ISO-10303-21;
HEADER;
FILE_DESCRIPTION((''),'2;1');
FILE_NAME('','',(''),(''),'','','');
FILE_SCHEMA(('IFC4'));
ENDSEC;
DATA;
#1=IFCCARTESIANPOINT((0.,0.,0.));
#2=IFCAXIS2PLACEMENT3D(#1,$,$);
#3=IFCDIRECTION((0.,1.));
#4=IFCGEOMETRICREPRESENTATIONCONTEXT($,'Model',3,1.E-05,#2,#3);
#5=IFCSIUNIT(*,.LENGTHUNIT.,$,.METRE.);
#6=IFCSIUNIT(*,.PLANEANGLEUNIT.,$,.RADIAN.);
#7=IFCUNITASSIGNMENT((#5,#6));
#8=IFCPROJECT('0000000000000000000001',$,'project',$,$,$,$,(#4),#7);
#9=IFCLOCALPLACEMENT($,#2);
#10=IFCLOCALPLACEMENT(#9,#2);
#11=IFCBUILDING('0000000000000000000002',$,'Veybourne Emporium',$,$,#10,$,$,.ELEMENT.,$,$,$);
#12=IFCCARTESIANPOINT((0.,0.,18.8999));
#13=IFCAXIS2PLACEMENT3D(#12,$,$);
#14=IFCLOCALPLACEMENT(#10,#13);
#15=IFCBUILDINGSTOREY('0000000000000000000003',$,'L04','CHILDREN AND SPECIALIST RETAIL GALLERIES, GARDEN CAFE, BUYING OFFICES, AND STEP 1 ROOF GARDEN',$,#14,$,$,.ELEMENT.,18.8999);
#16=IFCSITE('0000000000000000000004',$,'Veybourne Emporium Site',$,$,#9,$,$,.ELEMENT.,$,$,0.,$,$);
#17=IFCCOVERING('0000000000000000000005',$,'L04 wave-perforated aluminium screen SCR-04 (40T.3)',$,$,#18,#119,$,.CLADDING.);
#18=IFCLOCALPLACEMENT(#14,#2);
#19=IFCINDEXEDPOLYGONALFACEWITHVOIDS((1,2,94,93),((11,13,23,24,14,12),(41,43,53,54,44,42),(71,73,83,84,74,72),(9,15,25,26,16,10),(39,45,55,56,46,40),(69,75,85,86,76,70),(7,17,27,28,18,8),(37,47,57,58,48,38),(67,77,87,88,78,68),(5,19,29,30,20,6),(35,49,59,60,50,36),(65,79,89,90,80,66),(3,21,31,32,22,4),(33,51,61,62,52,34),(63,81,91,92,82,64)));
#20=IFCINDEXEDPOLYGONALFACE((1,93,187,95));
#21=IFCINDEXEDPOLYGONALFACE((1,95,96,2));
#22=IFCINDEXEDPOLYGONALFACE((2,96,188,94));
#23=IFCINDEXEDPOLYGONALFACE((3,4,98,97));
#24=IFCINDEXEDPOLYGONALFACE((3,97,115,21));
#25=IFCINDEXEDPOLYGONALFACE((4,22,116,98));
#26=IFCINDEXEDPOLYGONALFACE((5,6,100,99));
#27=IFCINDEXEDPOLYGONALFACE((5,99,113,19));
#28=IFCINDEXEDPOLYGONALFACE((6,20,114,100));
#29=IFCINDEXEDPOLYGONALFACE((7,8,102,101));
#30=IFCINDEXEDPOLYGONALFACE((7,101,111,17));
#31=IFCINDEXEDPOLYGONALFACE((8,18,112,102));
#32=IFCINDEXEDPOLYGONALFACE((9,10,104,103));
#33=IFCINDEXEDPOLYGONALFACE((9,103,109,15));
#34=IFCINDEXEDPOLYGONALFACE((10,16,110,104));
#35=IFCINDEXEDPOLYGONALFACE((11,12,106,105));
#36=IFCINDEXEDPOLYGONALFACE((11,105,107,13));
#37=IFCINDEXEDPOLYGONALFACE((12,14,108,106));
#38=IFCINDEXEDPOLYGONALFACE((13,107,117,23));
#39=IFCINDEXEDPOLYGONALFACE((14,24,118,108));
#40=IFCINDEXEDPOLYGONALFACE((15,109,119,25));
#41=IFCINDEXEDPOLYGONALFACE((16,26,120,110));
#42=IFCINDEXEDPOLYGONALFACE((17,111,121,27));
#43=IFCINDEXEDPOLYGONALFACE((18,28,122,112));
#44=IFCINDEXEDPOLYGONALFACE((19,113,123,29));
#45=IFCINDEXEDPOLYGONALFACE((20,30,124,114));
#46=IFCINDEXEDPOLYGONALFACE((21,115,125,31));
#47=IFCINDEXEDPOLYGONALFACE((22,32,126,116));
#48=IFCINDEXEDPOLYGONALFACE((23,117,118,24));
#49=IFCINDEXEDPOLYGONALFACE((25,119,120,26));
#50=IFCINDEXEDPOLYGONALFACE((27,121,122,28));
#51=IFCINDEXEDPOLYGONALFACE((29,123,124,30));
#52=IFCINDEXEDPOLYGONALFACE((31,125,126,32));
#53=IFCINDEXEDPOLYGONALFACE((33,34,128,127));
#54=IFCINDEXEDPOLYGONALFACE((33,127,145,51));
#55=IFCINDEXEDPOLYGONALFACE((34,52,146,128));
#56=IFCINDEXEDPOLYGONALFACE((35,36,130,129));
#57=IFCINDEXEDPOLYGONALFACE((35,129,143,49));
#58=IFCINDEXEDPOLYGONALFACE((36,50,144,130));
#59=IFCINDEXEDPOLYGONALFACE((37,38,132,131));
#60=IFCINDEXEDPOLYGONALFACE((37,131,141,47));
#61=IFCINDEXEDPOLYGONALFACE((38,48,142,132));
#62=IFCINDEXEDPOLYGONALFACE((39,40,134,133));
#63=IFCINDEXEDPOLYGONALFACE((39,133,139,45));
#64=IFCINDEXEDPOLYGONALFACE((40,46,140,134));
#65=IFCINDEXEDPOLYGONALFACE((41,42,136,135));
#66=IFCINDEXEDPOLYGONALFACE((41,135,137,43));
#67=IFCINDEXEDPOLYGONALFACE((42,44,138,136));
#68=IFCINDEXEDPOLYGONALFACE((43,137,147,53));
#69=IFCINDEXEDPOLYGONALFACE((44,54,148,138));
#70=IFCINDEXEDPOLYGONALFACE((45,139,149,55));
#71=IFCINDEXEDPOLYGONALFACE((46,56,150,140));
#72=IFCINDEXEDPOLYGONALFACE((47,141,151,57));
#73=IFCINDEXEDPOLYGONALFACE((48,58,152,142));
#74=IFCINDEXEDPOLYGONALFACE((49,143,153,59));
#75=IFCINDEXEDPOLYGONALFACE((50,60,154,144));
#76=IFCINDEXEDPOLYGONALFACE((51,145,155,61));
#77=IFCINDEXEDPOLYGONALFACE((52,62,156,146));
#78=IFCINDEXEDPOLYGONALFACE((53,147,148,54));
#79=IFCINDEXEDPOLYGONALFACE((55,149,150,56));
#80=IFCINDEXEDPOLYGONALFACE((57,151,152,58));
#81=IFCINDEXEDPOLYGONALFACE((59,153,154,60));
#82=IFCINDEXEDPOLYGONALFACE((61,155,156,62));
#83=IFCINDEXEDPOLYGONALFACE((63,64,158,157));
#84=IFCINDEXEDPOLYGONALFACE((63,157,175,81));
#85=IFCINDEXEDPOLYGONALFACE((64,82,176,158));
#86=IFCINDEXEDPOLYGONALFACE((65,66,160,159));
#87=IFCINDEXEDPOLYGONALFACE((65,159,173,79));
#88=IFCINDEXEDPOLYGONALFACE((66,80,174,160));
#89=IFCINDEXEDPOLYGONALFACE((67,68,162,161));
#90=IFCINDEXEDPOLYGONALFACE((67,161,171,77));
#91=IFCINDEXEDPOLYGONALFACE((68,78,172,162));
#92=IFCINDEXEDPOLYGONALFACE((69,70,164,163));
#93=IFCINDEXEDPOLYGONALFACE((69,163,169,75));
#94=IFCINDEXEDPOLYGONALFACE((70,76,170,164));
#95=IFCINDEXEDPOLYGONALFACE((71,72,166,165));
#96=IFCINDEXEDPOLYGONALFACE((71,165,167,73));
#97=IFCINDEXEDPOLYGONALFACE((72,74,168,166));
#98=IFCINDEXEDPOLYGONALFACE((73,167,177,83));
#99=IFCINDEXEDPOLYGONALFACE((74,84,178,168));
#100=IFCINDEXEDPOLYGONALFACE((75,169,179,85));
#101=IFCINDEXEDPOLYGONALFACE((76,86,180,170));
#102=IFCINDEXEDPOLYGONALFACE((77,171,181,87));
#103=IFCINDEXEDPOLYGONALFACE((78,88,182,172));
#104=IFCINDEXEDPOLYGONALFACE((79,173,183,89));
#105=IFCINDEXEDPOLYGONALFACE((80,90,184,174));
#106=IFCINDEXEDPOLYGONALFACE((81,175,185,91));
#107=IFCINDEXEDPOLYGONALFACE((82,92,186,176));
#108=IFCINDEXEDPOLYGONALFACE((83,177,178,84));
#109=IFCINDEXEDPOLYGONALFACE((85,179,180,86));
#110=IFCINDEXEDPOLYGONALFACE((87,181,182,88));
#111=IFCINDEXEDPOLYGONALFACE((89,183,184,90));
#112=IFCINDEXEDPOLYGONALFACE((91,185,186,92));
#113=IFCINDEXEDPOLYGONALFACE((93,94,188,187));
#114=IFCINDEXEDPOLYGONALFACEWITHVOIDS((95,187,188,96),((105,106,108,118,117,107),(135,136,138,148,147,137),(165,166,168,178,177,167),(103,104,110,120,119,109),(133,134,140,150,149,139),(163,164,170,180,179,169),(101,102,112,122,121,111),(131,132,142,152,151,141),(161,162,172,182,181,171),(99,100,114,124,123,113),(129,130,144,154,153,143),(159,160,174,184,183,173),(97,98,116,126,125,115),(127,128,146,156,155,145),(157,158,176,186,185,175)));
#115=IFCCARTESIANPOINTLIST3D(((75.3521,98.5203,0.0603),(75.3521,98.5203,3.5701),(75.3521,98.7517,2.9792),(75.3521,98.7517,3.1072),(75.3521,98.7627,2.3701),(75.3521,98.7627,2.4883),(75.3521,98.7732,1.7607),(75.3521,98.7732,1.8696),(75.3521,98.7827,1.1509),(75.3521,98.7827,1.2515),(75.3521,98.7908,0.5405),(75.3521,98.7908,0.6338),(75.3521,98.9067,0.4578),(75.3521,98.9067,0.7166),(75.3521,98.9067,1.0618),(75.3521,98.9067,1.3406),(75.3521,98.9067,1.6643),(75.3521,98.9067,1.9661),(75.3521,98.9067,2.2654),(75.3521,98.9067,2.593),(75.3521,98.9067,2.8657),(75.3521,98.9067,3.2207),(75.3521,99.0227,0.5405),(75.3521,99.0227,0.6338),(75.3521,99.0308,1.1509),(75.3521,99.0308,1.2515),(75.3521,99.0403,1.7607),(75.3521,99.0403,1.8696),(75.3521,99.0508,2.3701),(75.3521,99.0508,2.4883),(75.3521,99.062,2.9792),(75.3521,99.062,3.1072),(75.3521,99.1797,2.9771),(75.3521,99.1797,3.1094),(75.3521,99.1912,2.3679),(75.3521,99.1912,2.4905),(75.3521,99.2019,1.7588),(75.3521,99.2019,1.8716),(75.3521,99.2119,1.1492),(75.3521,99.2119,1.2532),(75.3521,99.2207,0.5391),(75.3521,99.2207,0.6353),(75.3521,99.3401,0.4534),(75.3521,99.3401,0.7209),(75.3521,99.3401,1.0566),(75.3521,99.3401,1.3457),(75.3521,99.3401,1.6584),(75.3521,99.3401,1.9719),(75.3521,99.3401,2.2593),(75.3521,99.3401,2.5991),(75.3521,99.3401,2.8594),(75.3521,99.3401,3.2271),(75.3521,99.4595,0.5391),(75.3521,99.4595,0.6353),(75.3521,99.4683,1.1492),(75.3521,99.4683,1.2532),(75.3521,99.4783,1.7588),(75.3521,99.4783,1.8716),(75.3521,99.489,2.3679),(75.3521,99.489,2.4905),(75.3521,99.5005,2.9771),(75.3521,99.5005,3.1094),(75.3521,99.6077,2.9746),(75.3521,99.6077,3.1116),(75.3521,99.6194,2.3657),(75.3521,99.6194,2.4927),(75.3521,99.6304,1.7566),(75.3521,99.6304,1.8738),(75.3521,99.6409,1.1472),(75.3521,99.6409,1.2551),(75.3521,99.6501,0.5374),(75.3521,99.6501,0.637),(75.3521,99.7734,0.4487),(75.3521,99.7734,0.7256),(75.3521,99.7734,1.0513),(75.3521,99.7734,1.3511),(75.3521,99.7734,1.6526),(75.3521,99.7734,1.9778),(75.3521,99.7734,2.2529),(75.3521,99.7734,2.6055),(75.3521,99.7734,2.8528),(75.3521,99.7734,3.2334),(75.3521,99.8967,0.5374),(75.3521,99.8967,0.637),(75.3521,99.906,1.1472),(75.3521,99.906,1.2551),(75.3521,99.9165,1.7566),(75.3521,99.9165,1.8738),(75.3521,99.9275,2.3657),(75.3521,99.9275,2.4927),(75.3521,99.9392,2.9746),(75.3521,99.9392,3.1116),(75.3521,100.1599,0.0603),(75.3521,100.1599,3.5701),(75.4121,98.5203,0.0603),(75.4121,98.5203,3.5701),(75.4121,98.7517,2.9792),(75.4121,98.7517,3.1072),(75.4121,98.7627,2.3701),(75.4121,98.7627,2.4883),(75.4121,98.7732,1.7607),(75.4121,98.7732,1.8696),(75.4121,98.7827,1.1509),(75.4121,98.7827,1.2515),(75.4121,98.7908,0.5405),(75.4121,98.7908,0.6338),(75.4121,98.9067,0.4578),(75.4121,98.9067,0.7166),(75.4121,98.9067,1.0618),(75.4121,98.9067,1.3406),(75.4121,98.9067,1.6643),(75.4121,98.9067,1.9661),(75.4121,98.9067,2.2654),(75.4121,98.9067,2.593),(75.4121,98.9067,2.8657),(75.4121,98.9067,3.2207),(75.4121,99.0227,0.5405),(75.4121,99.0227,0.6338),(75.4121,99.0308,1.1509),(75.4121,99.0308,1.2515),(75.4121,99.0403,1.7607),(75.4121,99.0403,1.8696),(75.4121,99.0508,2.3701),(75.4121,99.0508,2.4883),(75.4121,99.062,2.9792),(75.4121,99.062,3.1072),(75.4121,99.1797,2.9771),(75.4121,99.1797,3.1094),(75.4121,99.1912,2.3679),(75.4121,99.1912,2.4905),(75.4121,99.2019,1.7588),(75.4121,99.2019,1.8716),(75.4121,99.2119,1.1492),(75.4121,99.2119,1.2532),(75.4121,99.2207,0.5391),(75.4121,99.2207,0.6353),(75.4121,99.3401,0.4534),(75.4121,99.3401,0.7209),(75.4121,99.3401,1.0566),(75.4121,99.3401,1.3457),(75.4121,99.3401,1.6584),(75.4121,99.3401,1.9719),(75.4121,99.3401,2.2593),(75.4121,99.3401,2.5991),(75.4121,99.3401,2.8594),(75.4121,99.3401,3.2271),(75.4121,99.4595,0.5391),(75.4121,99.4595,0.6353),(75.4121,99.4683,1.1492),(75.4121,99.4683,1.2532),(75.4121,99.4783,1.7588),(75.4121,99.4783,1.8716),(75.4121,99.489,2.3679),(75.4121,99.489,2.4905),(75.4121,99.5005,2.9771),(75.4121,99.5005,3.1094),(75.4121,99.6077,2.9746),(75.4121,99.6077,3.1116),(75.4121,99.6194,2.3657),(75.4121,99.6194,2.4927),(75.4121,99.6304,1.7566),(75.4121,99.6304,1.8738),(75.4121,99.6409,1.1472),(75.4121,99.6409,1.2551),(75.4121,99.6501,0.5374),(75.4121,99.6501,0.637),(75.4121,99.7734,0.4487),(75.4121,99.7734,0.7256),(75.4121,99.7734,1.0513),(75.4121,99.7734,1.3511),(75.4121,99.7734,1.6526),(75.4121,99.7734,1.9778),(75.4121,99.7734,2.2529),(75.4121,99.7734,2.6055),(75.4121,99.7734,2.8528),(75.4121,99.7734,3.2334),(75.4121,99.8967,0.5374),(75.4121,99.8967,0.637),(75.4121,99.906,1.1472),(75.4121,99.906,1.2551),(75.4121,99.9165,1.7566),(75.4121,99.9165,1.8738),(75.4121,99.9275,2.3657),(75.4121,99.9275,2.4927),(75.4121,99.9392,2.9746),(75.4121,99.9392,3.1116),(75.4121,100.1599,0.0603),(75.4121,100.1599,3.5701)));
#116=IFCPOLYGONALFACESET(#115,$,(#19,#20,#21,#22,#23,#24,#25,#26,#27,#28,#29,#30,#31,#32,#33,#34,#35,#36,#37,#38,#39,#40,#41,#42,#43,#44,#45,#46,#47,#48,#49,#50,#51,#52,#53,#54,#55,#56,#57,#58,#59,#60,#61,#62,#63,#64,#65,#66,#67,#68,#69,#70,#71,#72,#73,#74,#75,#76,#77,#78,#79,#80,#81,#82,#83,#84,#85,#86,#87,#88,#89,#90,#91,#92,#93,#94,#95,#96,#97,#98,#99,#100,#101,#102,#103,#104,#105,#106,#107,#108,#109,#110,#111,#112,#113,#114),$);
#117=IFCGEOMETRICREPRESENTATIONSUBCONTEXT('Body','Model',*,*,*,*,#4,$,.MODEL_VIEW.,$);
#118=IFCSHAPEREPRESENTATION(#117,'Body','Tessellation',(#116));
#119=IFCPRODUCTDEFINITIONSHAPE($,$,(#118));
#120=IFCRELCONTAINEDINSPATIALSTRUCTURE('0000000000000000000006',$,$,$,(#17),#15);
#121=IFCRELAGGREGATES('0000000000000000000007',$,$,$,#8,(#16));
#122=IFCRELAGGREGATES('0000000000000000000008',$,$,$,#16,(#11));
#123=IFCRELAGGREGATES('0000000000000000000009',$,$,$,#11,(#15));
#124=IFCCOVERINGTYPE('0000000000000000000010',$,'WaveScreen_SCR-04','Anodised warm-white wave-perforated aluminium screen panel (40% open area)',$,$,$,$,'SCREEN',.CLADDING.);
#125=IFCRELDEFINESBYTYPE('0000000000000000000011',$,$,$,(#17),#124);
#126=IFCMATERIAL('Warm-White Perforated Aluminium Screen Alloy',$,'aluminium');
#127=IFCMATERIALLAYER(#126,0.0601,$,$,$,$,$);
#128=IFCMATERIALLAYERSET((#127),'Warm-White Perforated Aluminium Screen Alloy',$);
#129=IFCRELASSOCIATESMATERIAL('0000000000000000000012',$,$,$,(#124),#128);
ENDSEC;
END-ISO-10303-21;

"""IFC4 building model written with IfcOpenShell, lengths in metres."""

from ifc_helpers import new_model, si_unit, direction, frame, origin, place, context, subcontext, project, spatial, polyline, outline, extrude, material, layer, layer_set, type_object, element, save


model = new_model("IFC4")

# Units and contexts
model_context = context("Model", 3, precision=1e-05, world=origin(), true_north=direction((0.0, 1.0)))
body_context = subcontext(model_context, "Body", "Model", "MODEL_VIEW")
ifc_project = project(units=[si_unit("LENGTHUNIT", "METRE"), si_unit("PLANEANGLEUNIT", "RADIAN")], contexts=[model_context])

# Site, building, storey
site_placement = place(None, origin())
site = spatial("IfcSite", under=ifc_project, at=site_placement, Name="Veybourne Emporium Site", CompositionType="ELEMENT", RefElevation=0.0)
building_placement = place(site_placement, origin())
building = spatial("IfcBuilding", under=site, at=building_placement, Name="Veybourne Emporium", CompositionType="ELEMENT")
storey_placement = place(building_placement, frame((0.0, 0.0, 18.8999)))
storey = spatial("IfcBuildingStorey", under=building, at=storey_placement, Name="L04", Description="CHILDREN AND SPECIALIST RETAIL GALLERIES, GARDEN CAFE, BUYING OFFICES, AND STEP 1 ROOF GARDEN", CompositionType="ELEMENT", Elevation=18.8999)

# Covering
ifc_material_1 = material(Name="Warm-White Perforated Aluminium Screen Alloy", Category="aluminium")
ifc_layer_1 = layer(ifc_material_1, 0.0601)
ifc_layer_set_1 = layer_set([ifc_layer_1], Name="Warm-White Perforated Aluminium Screen Alloy")
covering_type_1 = type_object("IfcCoveringType", Name="WaveScreen_SCR-04", Description="Anodised warm-white wave-perforated aluminium screen panel (40% open area)", ElementType="SCREEN", PredefinedType="CLADDING", material=ifc_layer_set_1)
covering_1_placement = place(storey_placement, frame((75.3521, 99.3401, 1.8152), z_axis=(1.0, 0.0, 0.0), x_axis=(0.0, 1.0, 0.0)))
element("IfcCovering", 1, at=covering_1_placement, inside=storey, type_object=covering_type_1, Name="L04 wave-perforated aluminium screen SCR-04 (40T.3)", PredefinedType="CLADDING", context=body_context, shape_type="SweptSolid", body=[
    extrude(outline(polyline([(-0.8198, -1.7549), (0.8198, -1.7549), (0.8198, 1.7549), (-0.8198, 1.7549), (-0.8198, -1.7549)]), holes=[polyline([(-0.4333, -1.0986), (-0.3174, -1.1814), (-0.3174, -1.2747), (-0.4333, -1.3574), (-0.5493, -1.2747), (-0.5493, -1.1814), (-0.4333, -1.0986)]), polyline([(-0.4333, -0.4746), (-0.3093, -0.5637), (-0.3093, -0.6643), (-0.4333, -0.7534), (-0.5574, -0.6643), (-0.5574, -0.5637), (-0.4333, -0.4746)]), polyline([(-0.4333, 0.1509), (-0.2998, 0.0544), (-0.2998, -0.0544), (-0.4333, -0.1509), (-0.5669, -0.0544), (-0.5669, 0.0544), (-0.4333, 0.1509)]), polyline([(-0.4333, 0.7778), (-0.2893, 0.6731), (-0.2893, 0.5549), (-0.4333, 0.4502), (-0.5774, 0.5549), (-0.5774, 0.6731), (-0.4333, 0.7778)]), polyline([(-0.4333, 1.4055), (-0.2781, 1.292), (-0.2781, 1.1641), (-0.4333, 1.0505), (-0.5884, 1.1641), (-0.5884, 1.292), (-0.4333, 1.4055)]), polyline([(0.0, -1.0942), (0.1194, -1.1799), (0.1194, -1.2761), (0.0, -1.3618), (-0.1194, -1.2761), (-0.1194, -1.1799), (0.0, -1.0942)]), polyline([(0.0, -0.4695), (0.1282, -0.562), (0.1282, -0.666), (0.0, -0.7585), (-0.1282, -0.666), (-0.1282, -0.562), (0.0, -0.4695)]), polyline([(0.0, 0.1567), (0.1382, 0.0564), (0.1382, -0.0564), (0.0, -0.1567), (-0.1382, -0.0564), (-0.1382, 0.0564), (0.0, 0.1567)]), polyline([(0.0, 0.7839), (0.1489, 0.6753), (0.1489, 0.5527), (0.0, 0.4441), (-0.1489, 0.5527), (-0.1489, 0.6753), (0.0, 0.7839)]), polyline([(0.0, 1.4119), (0.1604, 1.2942), (0.1604, 1.1619), (0.0, 1.0442), (-0.1604, 1.1619), (-0.1604, 1.2942), (0.0, 1.4119)]), polyline([(0.4333, -1.0896), (0.5566, -1.1782), (0.5566, -1.2778), (0.4333, -1.3665), (0.3101, -1.2778), (0.3101, -1.1782), (0.4333, -1.0896)]), polyline([(0.4333, -0.4641), (0.5659, -0.5601), (0.5659, -0.668), (0.4333, -0.7639), (0.3008, -0.668), (0.3008, -0.5601), (0.4333, -0.4641)]), polyline([(0.4333, 0.1626), (0.5764, 0.0586), (0.5764, -0.0586), (0.4333, -0.1626), (0.2903, -0.0586), (0.2903, 0.0586), (0.4333, 0.1626)]), polyline([(0.4333, 0.7903), (0.5874, 0.6775), (0.5874, 0.5505), (0.4333, 0.4377), (0.2793, 0.5505), (0.2793, 0.6775), (0.4333, 0.7903)]), polyline([(0.4333, 1.4182), (0.5991, 1.2964), (0.5991, 1.1594), (0.4333, 1.0376), (0.2676, 1.1594), (0.2676, 1.2964), (0.4333, 1.4182)])]), origin(), (0.0, 0.0, 1.0), 0.0601),
])

save(model, "model.ifc")
